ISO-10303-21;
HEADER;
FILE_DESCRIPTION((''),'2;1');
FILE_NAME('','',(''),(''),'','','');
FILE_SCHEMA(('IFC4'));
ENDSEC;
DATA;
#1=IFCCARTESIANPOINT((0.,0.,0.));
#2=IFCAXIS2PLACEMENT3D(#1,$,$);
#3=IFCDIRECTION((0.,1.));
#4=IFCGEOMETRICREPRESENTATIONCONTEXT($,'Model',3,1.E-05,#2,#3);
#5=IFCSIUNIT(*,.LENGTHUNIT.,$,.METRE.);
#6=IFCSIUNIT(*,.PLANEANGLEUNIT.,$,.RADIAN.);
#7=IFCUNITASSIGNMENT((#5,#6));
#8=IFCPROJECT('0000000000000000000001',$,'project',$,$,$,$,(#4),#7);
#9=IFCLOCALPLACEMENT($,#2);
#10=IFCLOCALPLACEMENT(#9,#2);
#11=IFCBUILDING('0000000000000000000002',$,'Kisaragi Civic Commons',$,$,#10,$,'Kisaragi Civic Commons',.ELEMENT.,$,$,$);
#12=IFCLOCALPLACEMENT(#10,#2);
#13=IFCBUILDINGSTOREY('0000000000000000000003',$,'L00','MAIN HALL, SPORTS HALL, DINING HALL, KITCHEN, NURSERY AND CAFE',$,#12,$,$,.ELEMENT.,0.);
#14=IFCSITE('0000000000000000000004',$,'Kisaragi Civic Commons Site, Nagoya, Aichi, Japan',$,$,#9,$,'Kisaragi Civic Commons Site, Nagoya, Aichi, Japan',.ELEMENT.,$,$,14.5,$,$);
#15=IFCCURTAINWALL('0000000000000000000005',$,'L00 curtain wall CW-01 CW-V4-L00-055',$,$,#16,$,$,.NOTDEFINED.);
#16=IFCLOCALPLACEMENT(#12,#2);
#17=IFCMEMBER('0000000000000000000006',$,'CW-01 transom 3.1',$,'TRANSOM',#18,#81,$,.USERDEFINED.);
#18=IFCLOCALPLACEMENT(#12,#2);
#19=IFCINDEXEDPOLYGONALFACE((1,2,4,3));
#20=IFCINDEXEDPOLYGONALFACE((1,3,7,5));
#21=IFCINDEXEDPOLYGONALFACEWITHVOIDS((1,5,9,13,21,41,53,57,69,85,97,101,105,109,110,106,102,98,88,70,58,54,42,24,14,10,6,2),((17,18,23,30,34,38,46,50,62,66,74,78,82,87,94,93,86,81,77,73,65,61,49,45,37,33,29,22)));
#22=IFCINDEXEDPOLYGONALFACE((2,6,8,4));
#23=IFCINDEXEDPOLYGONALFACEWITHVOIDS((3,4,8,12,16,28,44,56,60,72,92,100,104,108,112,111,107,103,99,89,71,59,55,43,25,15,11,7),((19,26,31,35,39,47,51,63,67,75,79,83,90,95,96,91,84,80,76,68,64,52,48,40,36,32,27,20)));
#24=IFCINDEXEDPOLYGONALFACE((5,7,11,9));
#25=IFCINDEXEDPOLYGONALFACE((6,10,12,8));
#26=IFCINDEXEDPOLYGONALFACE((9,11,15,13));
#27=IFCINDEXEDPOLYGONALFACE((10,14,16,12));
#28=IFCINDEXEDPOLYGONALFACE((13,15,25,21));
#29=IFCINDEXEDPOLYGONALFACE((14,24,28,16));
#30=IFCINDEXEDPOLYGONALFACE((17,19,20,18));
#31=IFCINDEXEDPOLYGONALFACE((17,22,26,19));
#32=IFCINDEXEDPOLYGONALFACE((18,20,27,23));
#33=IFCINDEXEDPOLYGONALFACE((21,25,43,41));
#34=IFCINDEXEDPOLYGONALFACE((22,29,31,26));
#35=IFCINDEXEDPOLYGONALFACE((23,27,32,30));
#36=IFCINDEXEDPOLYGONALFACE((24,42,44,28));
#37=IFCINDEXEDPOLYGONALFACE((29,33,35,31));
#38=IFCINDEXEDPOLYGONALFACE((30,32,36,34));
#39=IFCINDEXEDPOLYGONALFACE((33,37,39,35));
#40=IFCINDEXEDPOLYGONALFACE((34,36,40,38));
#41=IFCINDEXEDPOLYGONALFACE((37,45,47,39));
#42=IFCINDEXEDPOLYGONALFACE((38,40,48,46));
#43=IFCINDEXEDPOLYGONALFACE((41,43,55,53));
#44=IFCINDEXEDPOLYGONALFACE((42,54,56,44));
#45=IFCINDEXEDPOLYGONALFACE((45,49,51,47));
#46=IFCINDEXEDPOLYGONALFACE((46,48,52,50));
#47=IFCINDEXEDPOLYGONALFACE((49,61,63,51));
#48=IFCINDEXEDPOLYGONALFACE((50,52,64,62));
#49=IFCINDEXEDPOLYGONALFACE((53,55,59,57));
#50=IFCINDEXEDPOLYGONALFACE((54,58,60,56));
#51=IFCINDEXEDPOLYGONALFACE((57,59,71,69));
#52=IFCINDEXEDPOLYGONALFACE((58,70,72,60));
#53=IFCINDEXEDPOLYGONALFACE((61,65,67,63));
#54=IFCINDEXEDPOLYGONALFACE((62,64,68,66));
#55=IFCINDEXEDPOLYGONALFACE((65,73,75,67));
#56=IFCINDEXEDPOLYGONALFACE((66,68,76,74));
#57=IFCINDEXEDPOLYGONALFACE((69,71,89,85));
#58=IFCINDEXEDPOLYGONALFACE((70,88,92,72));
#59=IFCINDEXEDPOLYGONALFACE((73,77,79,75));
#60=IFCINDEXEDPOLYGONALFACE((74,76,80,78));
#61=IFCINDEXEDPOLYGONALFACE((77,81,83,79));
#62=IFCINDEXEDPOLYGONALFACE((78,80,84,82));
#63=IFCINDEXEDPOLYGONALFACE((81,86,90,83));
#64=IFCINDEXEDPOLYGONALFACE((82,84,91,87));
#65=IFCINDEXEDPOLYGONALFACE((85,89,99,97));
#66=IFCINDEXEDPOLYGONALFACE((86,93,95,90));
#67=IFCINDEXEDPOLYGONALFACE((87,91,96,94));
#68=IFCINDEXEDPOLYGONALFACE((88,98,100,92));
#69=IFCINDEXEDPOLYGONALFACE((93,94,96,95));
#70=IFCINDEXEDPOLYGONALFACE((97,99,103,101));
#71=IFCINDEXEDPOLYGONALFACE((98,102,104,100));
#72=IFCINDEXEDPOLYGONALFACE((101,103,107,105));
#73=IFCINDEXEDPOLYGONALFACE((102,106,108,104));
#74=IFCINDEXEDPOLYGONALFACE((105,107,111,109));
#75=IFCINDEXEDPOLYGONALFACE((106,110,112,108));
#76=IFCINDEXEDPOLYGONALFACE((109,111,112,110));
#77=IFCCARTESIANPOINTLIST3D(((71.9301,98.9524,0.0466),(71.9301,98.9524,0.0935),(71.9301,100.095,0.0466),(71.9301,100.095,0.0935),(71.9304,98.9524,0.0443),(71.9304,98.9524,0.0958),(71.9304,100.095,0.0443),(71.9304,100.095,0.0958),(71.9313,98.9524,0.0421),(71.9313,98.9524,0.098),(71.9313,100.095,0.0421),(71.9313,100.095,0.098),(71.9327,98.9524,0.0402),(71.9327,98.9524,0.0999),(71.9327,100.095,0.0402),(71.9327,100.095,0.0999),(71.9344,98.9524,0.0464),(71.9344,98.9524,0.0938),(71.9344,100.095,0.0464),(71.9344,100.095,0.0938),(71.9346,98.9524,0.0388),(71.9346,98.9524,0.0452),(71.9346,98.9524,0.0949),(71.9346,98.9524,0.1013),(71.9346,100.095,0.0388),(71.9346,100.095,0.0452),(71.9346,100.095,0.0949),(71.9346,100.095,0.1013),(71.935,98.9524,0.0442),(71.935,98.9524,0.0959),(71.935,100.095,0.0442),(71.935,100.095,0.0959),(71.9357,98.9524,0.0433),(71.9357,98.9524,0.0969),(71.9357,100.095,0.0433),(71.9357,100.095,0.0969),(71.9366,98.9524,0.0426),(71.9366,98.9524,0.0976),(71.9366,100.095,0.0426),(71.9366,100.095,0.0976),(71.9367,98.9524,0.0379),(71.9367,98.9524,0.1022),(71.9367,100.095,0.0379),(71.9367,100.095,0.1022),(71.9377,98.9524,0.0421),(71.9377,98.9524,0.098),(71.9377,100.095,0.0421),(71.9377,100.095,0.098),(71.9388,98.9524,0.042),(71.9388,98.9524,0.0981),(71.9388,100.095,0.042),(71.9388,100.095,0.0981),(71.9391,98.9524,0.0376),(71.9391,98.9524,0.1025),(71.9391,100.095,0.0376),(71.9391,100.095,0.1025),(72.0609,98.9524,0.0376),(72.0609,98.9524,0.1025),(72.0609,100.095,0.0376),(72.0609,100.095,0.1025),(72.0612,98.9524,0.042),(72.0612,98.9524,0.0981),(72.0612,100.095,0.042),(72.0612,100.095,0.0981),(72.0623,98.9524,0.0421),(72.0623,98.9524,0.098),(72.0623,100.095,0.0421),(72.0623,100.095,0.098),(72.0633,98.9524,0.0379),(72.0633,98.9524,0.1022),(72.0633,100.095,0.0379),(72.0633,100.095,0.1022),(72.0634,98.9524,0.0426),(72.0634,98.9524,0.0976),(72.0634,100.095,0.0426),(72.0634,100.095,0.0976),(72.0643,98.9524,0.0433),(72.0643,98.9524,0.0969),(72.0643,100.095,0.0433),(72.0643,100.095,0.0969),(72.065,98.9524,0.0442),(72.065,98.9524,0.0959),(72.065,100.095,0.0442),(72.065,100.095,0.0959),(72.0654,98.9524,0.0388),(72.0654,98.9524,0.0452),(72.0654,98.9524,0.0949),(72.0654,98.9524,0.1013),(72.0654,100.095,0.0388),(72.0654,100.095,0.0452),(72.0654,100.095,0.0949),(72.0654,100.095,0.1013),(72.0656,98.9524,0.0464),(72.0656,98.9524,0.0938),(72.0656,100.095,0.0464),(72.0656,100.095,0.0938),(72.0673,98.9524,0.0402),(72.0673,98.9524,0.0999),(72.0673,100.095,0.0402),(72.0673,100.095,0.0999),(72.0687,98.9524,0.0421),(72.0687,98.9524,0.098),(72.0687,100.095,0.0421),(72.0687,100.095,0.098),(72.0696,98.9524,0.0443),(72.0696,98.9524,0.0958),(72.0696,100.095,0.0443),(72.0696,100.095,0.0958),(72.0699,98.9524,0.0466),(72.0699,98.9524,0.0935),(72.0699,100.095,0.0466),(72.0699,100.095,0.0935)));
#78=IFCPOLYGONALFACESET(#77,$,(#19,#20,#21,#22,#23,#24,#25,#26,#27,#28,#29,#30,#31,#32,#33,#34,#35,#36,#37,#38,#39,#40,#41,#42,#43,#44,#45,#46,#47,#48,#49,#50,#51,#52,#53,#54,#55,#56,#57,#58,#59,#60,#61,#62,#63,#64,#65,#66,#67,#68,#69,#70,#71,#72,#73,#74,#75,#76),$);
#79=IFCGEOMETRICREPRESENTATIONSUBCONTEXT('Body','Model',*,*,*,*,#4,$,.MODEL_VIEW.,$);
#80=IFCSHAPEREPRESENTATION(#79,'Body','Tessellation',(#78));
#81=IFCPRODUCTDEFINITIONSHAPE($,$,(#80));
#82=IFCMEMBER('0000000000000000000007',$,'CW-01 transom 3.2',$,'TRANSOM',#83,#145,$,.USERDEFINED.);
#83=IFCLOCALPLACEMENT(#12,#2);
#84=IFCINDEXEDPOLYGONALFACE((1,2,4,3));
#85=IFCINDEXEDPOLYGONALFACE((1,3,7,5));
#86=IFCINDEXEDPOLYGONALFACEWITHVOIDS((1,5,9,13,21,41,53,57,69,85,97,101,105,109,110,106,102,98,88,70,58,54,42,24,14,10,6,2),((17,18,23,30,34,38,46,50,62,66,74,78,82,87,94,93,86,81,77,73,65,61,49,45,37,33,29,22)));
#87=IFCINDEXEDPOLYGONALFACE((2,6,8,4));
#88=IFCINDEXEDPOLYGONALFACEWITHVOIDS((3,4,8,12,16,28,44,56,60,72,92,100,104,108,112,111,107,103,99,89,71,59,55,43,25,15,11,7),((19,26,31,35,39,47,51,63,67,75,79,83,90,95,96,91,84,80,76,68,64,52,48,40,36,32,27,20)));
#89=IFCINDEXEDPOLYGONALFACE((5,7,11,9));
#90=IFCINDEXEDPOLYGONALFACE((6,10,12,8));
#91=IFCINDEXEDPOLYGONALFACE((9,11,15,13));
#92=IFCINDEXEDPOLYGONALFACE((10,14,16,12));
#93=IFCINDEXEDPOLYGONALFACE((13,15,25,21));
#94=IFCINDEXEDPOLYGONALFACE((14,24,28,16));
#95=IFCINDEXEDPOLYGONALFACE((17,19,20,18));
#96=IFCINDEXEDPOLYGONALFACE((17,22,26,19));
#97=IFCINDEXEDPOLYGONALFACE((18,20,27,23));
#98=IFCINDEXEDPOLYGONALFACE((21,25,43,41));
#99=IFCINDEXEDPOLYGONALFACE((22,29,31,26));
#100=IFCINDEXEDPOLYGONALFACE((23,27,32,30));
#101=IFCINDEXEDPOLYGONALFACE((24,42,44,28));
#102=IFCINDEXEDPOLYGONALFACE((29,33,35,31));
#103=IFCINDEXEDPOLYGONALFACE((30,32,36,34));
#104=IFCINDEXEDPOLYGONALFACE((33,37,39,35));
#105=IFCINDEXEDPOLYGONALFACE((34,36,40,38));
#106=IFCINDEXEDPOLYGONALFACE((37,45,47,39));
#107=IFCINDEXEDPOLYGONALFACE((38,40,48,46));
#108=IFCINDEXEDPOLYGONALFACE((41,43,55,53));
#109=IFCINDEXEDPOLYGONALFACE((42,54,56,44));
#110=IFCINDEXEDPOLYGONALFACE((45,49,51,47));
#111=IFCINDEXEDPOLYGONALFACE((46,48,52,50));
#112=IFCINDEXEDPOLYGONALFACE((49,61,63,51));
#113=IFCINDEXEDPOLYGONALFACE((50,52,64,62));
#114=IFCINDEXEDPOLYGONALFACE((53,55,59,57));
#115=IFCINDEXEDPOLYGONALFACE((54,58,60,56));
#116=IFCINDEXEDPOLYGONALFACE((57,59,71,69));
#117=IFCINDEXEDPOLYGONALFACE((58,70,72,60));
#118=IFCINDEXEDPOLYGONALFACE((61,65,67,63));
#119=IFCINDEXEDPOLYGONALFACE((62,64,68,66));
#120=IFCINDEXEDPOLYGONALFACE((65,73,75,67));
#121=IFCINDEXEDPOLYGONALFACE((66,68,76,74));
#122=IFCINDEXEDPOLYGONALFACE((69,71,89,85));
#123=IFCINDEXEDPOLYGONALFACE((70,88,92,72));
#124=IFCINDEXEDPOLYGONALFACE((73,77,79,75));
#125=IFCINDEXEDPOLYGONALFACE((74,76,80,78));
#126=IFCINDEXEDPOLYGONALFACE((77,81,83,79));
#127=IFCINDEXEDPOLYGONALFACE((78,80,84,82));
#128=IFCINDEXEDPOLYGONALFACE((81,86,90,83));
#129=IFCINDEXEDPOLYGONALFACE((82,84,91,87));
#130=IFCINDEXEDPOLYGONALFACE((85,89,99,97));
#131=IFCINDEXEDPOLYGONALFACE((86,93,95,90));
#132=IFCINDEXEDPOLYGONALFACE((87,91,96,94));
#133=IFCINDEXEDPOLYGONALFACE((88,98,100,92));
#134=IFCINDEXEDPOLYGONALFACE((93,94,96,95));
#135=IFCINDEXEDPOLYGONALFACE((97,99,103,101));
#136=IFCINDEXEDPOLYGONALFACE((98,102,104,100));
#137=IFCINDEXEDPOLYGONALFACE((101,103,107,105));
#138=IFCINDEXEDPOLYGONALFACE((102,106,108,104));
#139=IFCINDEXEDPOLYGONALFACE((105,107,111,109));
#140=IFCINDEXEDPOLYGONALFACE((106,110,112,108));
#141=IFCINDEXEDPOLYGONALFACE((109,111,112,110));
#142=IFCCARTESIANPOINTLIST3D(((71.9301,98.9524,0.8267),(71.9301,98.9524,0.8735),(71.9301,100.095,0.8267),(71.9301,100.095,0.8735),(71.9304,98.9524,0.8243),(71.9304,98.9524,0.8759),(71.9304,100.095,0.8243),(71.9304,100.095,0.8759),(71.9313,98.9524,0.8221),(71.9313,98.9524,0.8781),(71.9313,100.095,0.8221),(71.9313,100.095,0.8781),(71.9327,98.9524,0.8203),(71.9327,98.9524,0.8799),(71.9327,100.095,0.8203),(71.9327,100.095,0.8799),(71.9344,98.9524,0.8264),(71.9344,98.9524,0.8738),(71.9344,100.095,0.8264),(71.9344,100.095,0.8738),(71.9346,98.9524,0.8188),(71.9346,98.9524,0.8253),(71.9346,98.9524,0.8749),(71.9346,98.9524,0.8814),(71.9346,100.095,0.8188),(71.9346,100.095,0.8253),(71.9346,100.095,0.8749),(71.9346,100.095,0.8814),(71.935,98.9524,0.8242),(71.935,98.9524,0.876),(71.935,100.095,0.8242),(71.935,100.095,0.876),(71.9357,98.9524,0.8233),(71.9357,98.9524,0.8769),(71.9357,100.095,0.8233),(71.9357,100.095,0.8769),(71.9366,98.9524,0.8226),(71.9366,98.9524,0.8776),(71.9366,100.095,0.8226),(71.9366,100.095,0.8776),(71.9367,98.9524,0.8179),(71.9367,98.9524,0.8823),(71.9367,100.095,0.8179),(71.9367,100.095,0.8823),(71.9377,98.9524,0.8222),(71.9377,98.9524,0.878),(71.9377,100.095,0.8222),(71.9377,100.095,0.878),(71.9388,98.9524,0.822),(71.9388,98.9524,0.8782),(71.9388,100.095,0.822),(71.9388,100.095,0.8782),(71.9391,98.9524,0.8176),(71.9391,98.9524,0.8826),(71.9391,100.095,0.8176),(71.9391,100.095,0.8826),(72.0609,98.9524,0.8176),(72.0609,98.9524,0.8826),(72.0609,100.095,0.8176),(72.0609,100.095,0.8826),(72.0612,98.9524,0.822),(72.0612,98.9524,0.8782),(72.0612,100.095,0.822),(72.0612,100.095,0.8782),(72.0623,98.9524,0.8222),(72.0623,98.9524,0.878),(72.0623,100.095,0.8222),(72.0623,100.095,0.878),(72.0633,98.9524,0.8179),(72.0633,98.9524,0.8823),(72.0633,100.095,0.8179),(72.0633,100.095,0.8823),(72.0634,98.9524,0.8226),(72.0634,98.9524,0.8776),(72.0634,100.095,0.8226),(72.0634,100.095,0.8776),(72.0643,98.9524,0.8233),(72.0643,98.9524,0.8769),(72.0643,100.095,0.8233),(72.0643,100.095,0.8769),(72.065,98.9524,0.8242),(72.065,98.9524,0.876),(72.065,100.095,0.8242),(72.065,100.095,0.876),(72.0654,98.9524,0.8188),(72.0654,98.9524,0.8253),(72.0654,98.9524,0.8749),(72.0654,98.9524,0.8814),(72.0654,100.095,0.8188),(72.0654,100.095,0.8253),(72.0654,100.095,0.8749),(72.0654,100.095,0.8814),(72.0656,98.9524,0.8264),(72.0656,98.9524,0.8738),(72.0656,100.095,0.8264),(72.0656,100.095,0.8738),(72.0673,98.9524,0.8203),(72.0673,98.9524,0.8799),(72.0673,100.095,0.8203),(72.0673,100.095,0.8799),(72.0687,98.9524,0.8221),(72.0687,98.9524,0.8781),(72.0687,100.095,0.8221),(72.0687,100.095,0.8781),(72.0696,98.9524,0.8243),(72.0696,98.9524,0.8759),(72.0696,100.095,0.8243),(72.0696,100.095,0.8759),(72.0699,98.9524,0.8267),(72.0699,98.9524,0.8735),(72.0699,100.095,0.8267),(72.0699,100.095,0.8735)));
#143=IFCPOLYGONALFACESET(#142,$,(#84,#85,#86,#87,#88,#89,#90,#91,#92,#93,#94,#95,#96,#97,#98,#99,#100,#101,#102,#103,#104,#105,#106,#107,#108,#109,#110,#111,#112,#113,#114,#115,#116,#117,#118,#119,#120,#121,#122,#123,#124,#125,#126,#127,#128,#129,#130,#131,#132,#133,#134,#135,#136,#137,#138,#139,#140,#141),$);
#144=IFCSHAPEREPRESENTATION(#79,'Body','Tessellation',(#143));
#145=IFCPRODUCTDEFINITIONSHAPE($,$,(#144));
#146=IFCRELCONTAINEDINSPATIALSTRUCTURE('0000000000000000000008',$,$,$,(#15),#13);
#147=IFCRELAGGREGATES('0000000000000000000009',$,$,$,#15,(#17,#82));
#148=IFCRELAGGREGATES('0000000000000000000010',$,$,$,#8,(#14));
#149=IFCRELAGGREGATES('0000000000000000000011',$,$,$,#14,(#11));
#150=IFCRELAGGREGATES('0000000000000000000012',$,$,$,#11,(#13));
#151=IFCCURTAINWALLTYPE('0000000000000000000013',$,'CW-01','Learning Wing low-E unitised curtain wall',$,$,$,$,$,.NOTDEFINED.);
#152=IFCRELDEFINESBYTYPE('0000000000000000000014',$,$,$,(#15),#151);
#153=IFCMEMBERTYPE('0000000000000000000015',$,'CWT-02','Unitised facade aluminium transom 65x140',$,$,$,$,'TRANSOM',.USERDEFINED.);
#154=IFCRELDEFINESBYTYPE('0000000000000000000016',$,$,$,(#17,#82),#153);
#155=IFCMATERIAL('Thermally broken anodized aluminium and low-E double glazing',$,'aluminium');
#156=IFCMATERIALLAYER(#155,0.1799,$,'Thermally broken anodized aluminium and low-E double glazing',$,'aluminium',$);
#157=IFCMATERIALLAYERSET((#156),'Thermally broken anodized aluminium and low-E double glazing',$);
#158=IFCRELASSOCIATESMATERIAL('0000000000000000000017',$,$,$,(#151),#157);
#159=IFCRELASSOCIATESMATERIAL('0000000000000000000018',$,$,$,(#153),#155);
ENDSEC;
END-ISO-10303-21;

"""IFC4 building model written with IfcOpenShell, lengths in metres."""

from ifc_helpers import new_model, si_unit, direction, frame, origin, origin_2d, place, context, subcontext, project, spatial, hollow_rectangle, extrude, material, layer, layer_set, material_profile, profile_set, type_object, element, aggregate, save


model = new_model("IFC4")

# Units and contexts
model_context = context("Model", 3, precision=1e-05, world=origin(), true_north=direction((0.0, 1.0)))
body_context = subcontext(model_context, "Body", "Model", "MODEL_VIEW")
ifc_project = project(units=[si_unit("LENGTHUNIT", "METRE"), si_unit("PLANEANGLEUNIT", "RADIAN")], contexts=[model_context])

# Site, building, storey
site_placement = place(None, origin())
site = spatial("IfcSite", under=ifc_project, at=site_placement, Name="Kisaragi Civic Commons Site, Nagoya, Aichi, Japan", LongName="Kisaragi Civic Commons Site, Nagoya, Aichi, Japan", CompositionType="ELEMENT", RefElevation=14.5)
building_placement = place(site_placement, origin())
building = spatial("IfcBuilding", under=site, at=building_placement, Name="Kisaragi Civic Commons", LongName="Kisaragi Civic Commons", CompositionType="ELEMENT")
storey_placement = place(building_placement, origin())
storey = spatial("IfcBuildingStorey", under=building, at=storey_placement, Name="L00", Description="MAIN HALL, SPORTS HALL, DINING HALL, KITCHEN, NURSERY AND CAFE", CompositionType="ELEMENT", Elevation=0.0)

# Curtain wall, members
ifc_material_1 = material(Name="Thermally broken anodized aluminium and low-E double glazing", Category="aluminium")
ifc_layer_1 = layer(ifc_material_1, 0.1799, Name="Thermally broken anodized aluminium and low-E double glazing", Category="aluminium")
ifc_layer_set_1 = layer_set([ifc_layer_1], Name="Thermally broken anodized aluminium and low-E double glazing")
curtain_wall_type = type_object("IfcCurtainWallType", Name="CW-01", Description="Learning Wing low-E unitised curtain wall", PredefinedType="NOTDEFINED", material=ifc_layer_set_1)
curtain_wall_placement = place(storey_placement, origin())
curtain_wall = element("IfcCurtainWall", 1, at=curtain_wall_placement, inside=storey, type_object=curtain_wall_type, Name="L00 curtain wall CW-01 CW-V4-L00-055", PredefinedType="NOTDEFINED")
ifc_material_profile_1 = material_profile(ifc_material_1, hollow_rectangle(XDim=0.1399, YDim=0.0649, WallThickness=0.0044, InnerFilletRadius=0.0044, OuterFilletRadius=0.009, at=origin_2d()), Name="CWT-65x140x4.5", Category="aluminium")
ifc_profile_set_1 = profile_set([ifc_material_profile_1], Name="Thermally broken anodized aluminium and low-E double glazing")
member_type_1 = type_object("IfcMemberType", Name="CWT-02", Description="Unitised facade aluminium transom 65x140", ElementType="TRANSOM", PredefinedType="USERDEFINED", material=ifc_profile_set_1)
member_1_placement = place(storey_placement, frame((72.0, 98.9524, 0.0701), z_axis=(0.0, 1.0, 0.0), x_axis=(-1.0, 0.0, 0.0)))
member_1 = element("IfcMember", 2, at=member_1_placement, type_object=member_type_1, Name="CW-01 transom 3.1", ObjectType="TRANSOM", PredefinedType="USERDEFINED", context=body_context, shape_type="SweptSolid", body=[
    extrude(hollow_rectangle(XDim=0.1399, YDim=0.0649, WallThickness=0.0044, InnerFilletRadius=0.0044, OuterFilletRadius=0.009, at=origin_2d()), origin(), (0.0, 0.0, 1.0), 1.1426),
])
member_2_placement = place(storey_placement, frame((72.0, 98.9524, 0.8501), z_axis=(0.0, 1.0, 0.0), x_axis=(-1.0, 0.0, 0.0)))
member_2 = element("IfcMember", 3, at=member_2_placement, type_object=member_type_1, Name="CW-01 transom 3.2", ObjectType="TRANSOM", PredefinedType="USERDEFINED", context=body_context, shape_type="SweptSolid", body=[
    extrude(hollow_rectangle(XDim=0.1399, YDim=0.0649, WallThickness=0.0044, InnerFilletRadius=0.0044, OuterFilletRadius=0.009, at=origin_2d()), origin(), (0.0, 0.0, 1.0), 1.1426),
])

aggregate(curtain_wall, [member_1, member_2])

save(model, "model.ifc")
